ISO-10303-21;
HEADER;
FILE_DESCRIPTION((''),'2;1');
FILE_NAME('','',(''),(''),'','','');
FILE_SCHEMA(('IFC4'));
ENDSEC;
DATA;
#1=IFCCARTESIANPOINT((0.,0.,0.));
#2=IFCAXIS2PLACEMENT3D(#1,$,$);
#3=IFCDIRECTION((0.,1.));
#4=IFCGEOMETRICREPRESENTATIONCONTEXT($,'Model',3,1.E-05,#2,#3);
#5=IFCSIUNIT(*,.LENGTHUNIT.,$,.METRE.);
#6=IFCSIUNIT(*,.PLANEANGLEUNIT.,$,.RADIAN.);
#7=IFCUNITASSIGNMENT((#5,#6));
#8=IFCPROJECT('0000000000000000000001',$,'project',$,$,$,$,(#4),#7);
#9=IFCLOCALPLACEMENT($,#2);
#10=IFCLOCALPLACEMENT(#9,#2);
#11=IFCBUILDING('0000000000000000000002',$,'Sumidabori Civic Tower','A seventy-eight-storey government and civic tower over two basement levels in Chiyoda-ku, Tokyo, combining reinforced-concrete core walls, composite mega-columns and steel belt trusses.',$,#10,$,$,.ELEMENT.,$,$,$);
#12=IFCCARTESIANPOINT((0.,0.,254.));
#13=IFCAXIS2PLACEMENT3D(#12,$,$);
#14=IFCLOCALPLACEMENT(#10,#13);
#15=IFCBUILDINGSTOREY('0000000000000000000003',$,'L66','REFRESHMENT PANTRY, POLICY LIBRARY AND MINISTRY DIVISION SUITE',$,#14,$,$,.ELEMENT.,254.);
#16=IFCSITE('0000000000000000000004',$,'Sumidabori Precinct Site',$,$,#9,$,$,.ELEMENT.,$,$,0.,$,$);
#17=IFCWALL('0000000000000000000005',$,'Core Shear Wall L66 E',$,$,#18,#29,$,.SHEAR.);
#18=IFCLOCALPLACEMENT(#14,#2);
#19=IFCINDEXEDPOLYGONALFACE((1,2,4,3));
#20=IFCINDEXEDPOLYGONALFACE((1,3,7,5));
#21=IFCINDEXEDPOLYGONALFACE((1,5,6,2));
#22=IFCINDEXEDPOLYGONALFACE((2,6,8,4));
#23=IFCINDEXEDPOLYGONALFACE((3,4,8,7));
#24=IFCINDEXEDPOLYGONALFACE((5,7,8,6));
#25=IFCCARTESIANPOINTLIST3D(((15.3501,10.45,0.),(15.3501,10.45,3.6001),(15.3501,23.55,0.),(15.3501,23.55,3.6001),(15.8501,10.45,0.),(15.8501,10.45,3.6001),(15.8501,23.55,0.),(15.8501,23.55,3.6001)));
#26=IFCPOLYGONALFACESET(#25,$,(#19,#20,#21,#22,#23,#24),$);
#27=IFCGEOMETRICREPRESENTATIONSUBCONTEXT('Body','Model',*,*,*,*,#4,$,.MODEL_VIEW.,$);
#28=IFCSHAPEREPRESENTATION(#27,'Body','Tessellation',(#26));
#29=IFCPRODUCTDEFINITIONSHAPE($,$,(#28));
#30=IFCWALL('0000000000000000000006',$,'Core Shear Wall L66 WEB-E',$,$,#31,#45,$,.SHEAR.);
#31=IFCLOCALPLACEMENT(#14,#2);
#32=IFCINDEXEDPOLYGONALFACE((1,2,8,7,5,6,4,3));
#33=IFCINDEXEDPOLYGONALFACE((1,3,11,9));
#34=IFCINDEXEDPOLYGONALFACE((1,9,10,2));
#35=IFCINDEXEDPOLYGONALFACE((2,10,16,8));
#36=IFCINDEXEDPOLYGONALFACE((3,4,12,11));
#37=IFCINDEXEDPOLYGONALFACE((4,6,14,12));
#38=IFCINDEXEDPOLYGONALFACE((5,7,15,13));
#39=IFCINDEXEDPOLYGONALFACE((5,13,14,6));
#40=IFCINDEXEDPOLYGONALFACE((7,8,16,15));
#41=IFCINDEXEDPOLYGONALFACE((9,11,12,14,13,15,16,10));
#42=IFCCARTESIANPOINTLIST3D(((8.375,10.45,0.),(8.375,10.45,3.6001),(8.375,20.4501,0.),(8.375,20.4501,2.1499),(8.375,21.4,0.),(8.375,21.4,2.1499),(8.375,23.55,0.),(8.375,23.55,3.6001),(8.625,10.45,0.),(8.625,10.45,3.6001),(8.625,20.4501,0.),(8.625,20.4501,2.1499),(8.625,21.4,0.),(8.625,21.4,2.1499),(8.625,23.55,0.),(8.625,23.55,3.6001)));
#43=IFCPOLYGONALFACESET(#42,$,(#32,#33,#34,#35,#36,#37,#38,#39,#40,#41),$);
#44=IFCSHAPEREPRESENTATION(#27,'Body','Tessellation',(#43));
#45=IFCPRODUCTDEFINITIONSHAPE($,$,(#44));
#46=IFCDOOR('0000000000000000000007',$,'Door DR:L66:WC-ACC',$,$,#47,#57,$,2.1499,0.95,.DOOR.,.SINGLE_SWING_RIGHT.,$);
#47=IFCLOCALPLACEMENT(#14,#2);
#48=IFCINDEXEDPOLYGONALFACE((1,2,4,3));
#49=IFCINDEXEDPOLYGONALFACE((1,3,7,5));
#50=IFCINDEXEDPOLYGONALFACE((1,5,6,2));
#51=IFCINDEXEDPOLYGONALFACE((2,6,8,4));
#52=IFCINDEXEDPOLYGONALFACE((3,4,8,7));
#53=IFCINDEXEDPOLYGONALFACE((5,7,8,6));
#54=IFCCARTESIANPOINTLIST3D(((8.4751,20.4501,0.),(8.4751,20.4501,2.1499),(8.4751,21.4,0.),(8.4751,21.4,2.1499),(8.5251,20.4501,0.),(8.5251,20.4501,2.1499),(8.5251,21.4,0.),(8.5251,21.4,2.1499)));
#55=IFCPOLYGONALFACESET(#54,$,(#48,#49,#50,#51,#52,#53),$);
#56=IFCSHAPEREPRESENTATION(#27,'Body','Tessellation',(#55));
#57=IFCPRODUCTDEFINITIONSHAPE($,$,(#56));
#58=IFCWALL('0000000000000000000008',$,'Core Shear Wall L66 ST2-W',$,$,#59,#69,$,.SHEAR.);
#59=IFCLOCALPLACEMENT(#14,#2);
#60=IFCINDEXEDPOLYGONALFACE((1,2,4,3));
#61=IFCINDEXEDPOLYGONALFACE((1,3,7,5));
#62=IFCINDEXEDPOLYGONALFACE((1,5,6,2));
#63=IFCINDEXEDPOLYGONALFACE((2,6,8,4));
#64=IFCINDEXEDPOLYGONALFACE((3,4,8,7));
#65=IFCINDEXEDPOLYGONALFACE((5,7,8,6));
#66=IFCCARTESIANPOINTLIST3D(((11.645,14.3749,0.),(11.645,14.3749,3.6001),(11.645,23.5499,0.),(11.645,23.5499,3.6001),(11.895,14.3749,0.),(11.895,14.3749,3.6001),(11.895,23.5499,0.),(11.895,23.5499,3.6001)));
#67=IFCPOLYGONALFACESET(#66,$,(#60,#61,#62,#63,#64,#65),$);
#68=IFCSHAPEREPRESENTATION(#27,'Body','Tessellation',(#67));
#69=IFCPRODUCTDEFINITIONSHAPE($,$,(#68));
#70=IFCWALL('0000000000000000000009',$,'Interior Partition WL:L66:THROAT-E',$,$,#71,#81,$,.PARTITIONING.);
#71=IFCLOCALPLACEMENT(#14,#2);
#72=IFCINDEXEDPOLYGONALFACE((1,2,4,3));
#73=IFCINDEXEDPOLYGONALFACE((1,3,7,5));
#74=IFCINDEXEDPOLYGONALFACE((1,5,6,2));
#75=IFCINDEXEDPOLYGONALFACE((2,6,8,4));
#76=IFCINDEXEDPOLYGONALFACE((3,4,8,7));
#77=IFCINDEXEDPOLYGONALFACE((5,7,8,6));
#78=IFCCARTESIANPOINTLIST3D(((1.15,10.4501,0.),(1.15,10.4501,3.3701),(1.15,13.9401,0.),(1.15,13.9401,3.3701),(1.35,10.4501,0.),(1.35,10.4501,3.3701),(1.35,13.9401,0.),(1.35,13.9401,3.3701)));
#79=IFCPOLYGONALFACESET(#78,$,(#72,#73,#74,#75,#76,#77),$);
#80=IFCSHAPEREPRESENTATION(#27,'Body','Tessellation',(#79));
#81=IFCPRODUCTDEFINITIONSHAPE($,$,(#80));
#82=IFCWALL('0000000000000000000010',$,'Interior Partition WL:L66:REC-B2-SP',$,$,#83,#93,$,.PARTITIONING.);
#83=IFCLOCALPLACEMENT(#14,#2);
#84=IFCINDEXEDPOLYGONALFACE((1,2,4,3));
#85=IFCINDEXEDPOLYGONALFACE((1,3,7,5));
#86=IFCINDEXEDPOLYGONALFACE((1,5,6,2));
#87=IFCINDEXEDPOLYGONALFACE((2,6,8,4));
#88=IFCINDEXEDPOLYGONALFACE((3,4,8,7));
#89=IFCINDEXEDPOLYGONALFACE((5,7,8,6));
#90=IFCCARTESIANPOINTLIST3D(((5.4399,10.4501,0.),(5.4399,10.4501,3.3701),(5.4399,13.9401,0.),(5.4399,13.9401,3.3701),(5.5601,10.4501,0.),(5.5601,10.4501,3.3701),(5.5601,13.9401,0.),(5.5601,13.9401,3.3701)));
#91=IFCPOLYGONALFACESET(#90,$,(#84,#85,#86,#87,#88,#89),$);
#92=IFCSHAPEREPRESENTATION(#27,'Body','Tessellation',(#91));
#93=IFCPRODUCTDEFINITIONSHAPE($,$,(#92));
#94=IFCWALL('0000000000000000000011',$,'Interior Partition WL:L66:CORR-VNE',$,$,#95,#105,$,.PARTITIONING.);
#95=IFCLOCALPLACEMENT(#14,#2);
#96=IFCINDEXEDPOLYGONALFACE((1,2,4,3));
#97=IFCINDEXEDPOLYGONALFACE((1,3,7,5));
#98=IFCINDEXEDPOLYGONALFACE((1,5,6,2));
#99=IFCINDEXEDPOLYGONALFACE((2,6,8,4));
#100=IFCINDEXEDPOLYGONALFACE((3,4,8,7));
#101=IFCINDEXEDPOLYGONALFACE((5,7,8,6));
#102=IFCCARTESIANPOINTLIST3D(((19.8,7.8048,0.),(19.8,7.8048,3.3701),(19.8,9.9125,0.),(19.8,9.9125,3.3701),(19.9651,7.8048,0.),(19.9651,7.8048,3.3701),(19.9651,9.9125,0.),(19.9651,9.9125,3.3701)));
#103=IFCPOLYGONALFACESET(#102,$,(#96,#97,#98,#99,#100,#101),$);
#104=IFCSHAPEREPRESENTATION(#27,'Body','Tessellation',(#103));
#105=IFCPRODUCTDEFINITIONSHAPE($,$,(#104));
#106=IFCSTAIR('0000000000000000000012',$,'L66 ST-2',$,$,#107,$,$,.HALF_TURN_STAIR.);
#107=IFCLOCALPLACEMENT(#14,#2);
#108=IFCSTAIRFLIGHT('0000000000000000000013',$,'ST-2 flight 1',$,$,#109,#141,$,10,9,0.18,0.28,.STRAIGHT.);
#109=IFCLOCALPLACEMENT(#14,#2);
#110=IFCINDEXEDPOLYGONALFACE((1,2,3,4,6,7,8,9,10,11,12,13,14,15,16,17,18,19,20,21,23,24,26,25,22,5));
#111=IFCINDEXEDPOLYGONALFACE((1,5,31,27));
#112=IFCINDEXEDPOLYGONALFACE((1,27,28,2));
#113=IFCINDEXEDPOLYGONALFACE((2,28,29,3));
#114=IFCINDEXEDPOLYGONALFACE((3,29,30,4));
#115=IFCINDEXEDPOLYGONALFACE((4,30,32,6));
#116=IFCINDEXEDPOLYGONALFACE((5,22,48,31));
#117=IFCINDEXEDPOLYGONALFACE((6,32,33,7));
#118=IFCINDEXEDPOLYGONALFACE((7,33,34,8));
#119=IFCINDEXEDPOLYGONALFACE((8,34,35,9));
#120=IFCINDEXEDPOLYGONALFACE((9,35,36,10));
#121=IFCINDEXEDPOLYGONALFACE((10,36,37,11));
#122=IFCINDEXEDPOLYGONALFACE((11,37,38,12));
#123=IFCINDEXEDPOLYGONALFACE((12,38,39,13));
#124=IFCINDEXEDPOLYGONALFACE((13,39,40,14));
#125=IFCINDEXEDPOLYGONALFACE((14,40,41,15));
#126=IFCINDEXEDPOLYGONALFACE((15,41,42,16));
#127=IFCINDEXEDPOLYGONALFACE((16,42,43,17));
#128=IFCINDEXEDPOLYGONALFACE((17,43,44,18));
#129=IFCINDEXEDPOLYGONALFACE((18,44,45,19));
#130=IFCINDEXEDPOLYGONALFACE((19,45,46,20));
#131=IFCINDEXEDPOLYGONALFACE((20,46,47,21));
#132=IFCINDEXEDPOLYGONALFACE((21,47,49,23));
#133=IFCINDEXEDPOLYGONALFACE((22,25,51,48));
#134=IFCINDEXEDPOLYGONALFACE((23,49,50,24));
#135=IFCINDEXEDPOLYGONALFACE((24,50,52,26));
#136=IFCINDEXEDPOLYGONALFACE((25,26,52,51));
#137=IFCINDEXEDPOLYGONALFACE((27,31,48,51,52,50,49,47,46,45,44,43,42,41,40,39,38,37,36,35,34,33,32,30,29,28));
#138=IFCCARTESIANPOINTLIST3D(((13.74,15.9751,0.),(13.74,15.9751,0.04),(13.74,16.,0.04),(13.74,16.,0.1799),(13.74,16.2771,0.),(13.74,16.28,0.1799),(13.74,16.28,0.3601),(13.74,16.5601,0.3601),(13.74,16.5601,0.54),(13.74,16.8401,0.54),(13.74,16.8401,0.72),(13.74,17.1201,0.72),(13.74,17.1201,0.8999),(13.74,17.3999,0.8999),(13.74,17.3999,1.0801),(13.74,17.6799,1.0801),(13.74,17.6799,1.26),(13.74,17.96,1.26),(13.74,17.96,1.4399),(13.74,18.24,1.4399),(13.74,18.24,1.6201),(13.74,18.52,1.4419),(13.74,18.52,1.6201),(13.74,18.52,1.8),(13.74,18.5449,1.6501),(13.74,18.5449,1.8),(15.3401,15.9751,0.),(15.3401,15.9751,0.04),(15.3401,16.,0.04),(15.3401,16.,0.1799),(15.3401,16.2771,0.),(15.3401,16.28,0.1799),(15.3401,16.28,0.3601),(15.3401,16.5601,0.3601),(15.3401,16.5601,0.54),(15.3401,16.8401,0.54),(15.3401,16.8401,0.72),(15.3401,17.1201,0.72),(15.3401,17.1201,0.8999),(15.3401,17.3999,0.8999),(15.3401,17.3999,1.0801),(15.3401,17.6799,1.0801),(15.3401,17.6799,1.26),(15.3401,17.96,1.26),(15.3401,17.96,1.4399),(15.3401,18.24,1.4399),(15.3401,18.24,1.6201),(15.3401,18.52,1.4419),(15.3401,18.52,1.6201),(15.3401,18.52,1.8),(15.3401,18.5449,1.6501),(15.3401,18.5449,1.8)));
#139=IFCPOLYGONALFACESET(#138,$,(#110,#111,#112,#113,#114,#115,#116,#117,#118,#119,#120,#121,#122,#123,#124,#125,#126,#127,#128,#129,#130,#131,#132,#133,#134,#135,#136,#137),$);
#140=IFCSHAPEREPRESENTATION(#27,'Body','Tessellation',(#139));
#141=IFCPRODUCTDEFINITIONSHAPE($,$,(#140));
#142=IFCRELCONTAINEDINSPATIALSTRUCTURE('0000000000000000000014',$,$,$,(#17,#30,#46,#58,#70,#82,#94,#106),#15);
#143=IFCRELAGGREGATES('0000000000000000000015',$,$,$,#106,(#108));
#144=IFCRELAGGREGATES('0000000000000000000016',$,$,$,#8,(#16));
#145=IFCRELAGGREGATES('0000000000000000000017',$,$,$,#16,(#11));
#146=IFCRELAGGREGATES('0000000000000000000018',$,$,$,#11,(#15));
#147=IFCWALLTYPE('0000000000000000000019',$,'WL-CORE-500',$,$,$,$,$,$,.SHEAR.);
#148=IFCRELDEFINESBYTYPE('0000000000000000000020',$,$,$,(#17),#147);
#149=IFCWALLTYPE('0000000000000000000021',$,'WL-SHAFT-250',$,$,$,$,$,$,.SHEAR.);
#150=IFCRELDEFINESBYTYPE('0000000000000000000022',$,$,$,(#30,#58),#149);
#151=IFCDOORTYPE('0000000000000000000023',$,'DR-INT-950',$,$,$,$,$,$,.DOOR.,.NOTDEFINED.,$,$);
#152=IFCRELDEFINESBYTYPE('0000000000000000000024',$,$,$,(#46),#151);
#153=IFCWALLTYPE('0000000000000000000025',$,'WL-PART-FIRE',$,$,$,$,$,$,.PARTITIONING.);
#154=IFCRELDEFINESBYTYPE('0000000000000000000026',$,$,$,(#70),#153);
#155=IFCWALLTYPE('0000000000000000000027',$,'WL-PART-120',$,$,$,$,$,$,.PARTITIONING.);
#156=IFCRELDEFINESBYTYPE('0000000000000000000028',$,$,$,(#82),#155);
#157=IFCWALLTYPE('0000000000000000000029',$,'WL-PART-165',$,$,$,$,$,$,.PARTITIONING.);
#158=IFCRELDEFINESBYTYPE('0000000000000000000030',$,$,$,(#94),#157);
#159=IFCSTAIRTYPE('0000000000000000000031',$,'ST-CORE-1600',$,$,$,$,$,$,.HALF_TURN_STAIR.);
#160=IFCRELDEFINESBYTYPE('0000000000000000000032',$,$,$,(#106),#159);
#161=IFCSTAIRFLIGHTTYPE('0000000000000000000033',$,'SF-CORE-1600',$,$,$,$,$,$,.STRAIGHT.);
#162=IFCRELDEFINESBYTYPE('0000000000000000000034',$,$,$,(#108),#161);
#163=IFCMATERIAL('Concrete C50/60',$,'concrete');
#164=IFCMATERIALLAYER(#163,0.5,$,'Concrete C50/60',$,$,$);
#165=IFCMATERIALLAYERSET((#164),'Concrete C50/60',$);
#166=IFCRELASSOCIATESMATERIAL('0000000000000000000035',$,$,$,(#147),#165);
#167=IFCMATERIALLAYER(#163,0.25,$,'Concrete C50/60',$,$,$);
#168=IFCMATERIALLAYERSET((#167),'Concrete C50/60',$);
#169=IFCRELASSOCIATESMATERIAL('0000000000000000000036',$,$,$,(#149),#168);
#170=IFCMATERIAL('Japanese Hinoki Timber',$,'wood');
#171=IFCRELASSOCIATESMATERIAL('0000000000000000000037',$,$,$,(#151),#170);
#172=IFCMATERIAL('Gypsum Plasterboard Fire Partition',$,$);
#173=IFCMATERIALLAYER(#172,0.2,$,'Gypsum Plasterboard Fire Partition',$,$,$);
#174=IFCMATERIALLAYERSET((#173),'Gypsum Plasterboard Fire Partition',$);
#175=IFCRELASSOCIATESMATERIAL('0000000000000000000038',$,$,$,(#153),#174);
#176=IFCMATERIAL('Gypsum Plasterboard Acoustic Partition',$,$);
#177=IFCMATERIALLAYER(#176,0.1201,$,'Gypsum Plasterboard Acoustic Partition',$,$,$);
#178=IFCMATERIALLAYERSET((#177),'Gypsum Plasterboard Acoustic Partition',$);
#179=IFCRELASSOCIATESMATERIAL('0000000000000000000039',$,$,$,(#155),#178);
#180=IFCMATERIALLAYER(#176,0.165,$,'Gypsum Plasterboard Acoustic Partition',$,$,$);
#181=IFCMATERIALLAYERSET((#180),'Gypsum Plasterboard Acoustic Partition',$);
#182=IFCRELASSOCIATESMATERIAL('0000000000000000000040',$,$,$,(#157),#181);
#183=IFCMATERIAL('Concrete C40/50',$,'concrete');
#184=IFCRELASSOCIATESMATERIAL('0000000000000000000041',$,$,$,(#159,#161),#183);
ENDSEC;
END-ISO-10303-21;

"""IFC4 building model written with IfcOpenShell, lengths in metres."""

from ifc_helpers import new_model, si_unit, direction, frame, frame_2d, origin, place, context, subcontext, project, spatial, polyline, rectangle, outline, extrude, source, transform, mapped, material, layer, layer_set, type_object, element, fill, aggregate, save


model = new_model("IFC4")

# Units and contexts
model_context = context("Model", 3, precision=1e-05, world=origin(), true_north=direction((0.0, 1.0)))
body_context = subcontext(model_context, "Body", "Model", "MODEL_VIEW")
ifc_project = project(units=[si_unit("LENGTHUNIT", "METRE"), si_unit("PLANEANGLEUNIT", "RADIAN")], contexts=[model_context])

# Site, building, storey
site_placement = place(None, origin())
site = spatial("IfcSite", under=ifc_project, at=site_placement, Name="Sumidabori Precinct Site", CompositionType="ELEMENT", RefElevation=0.0)
building_placement = place(site_placement, origin())
building = spatial("IfcBuilding", under=site, at=building_placement, Name="Sumidabori Civic Tower", Description="A seventy-eight-storey government and civic tower over two basement levels in Chiyoda-ku, Tokyo, combining reinforced-concrete core walls, composite mega-columns and steel belt trusses.", CompositionType="ELEMENT")
storey_placement = place(building_placement, frame((0.0, 0.0, 254.0)))
storey = spatial("IfcBuildingStorey", under=building, at=storey_placement, Name="L66", Description="REFRESHMENT PANTRY, POLICY LIBRARY AND MINISTRY DIVISION SUITE", CompositionType="ELEMENT", Elevation=254.0)

# Wall
ifc_material_1 = material(Name="Concrete C50/60", Category="concrete")
ifc_layer_1 = layer(ifc_material_1, 0.5, Name="Concrete C50/60")
ifc_layer_set_1 = layer_set([ifc_layer_1], Name="Concrete C50/60")
wall_type_1 = type_object("IfcWallType", Name="WL-CORE-500", PredefinedType="SHEAR", material=ifc_layer_set_1)
shared_shape_1 = source(origin(), body_context, "Body", "SweptSolid", [
    extrude(rectangle(XDim=13.1001, YDim=0.5, at=frame_2d((6.55, 0.0))), origin(), (0.0, 0.0, 1.0), 3.6001),
])
wall_1_placement = place(storey_placement, frame((15.6001, 10.45, 0.0), z_axis=(0.0, 0.0, 1.0), x_axis=(0.0, 1.0, 0.0)))
element("IfcWall", 1, at=wall_1_placement, inside=storey, type_object=wall_type_1, Name="Core Shear Wall L66 E", PredefinedType="SHEAR", context=body_context, shape_type="MappedRepresentation", body=[
    mapped(shared_shape_1, transform((0.0, 0.0, 0.0), x_axis=(1.0, 0.0, 0.0), y_axis=(0.0, 1.0, 0.0), z_axis=(0.0, 0.0, 1.0), scale=1.0)),
])

# Wall, opening, door
ifc_layer_2 = layer(ifc_material_1, 0.25, Name="Concrete C50/60")
ifc_layer_set_2 = layer_set([ifc_layer_2], Name="Concrete C50/60")
wall_type_2 = type_object("IfcWallType", Name="WL-SHAFT-250", PredefinedType="SHEAR", material=ifc_layer_set_2)
shared_shape_2 = source(origin(), body_context, "Body", "SweptSolid", [
    extrude(rectangle(XDim=13.1001, YDim=0.25, at=frame_2d((6.55, 0.0))), origin(), (0.0, 0.0, 1.0), 3.6001),
])
wall_2_placement = place(storey_placement, frame((8.5, 10.45, 0.0), z_axis=(0.0, 0.0, 1.0), x_axis=(0.0, 1.0, 0.0)))
wall_2 = element("IfcWall", 2, at=wall_2_placement, inside=storey, type_object=wall_type_2, Name="Core Shear Wall L66 WEB-E", PredefinedType="SHEAR", context=body_context, shape_type="MappedRepresentation", body=[
    mapped(shared_shape_2, transform((0.0, 0.0, 0.0), x_axis=(1.0, 0.0, 0.0), y_axis=(0.0, 1.0, 0.0), z_axis=(0.0, 0.0, 1.0), scale=1.0)),
])
opening_1_placement = place(wall_2_placement, frame((10.0, 0.0, 0.0)))
opening_1 = element("IfcOpeningElement", 3, at=opening_1_placement, cuts=wall_2, PredefinedType="OPENING", context=body_context, shape_type="SweptSolid", body=[
    extrude(rectangle(XDim=0.95, YDim=2.1499, at=frame_2d((0.4751, 1.075))), frame((0.0, 0.137, 0.0), z_axis=(0.0, -1.0, 0.0), x_axis=(1.0, 0.0, 0.0)), (0.0, 0.0, 1.0), 0.2739),
])
ifc_material_2 = material(Name="Japanese Hinoki Timber", Category="wood")
door_type_1 = type_object("IfcDoorType", Name="DR-INT-950", OperationType="NOTDEFINED", PredefinedType="DOOR", material=ifc_material_2)
shared_shape_3 = source(origin(), body_context, "Body", "SweptSolid", [
    extrude(rectangle(XDim=0.95, YDim=2.1499, at=frame_2d((0.4751, 1.075))), frame((0.0, 0.0249, 0.0), z_axis=(0.0, -1.0, 0.0), x_axis=(1.0, 0.0, 0.0)), (0.0, 0.0, 1.0), 0.05),
])
door_1_placement = place(opening_1_placement, origin())
door_1 = element("IfcDoor", 4, at=door_1_placement, inside=storey, type_object=door_type_1, Name="Door DR:L66:WC-ACC", OperationType="SINGLE_SWING_RIGHT", OverallHeight=2.1499, OverallWidth=0.95, PredefinedType="DOOR", context=body_context, shape_type="MappedRepresentation", body=[
    mapped(shared_shape_3, transform((0.0, 0.0, 0.0), x_axis=(1.0, 0.0, 0.0), y_axis=(0.0, 1.0, 0.0), z_axis=(0.0, 0.0, 1.0), scale=1.0)),
])
fill(opening_1, door_1)

# Wall
shared_shape_4 = source(origin(), body_context, "Body", "SweptSolid", [
    extrude(rectangle(XDim=9.175, YDim=0.25, at=frame_2d((4.5874, 0.0))), origin(), (0.0, 0.0, 1.0), 3.6001),
])
wall_3_placement = place(storey_placement, frame((11.77, 14.375, 0.0), z_axis=(0.0, 0.0, 1.0), x_axis=(0.0, 1.0, 0.0)))
element("IfcWall", 5, at=wall_3_placement, inside=storey, type_object=wall_type_2, Name="Core Shear Wall L66 ST2-W", PredefinedType="SHEAR", context=body_context, shape_type="MappedRepresentation", body=[
    mapped(shared_shape_4, transform((0.0, 0.0, 0.0), x_axis=(1.0, 0.0, 0.0), y_axis=(0.0, 1.0, 0.0), z_axis=(0.0, 0.0, 1.0), scale=1.0)),
])

# Shared definitions
ifc_material_3 = material(Name="Gypsum Plasterboard Fire Partition")
ifc_layer_3 = layer(ifc_material_3, 0.2, Name="Gypsum Plasterboard Fire Partition")
ifc_layer_set_3 = layer_set([ifc_layer_3], Name="Gypsum Plasterboard Fire Partition")
wall_type_3 = type_object("IfcWallType", Name="WL-PART-FIRE", PredefinedType="PARTITIONING", material=ifc_layer_set_3)

# Walls
shared_shape_5 = source(origin(), body_context, "Body", "SweptSolid", [
    extrude(rectangle(XDim=3.49, YDim=0.2, at=frame_2d((1.7451, 0.0))), origin(), (0.0, 0.0, 1.0), 3.3701),
])
wall_4_placement = place(storey_placement, frame((1.25, 10.45, 0.0), z_axis=(0.0, 0.0, 1.0), x_axis=(0.0, 1.0, 0.0)))
element("IfcWall", 6, at=wall_4_placement, inside=storey, type_object=wall_type_3, Name="Interior Partition WL:L66:THROAT-E", PredefinedType="PARTITIONING", context=body_context, shape_type="MappedRepresentation", body=[
    mapped(shared_shape_5, transform((0.0, 0.0, 0.0), x_axis=(1.0, 0.0, 0.0), y_axis=(0.0, 1.0, 0.0), z_axis=(0.0, 0.0, 1.0), scale=1.0)),
])
ifc_material_4 = material(Name="Gypsum Plasterboard Acoustic Partition")
ifc_layer_4 = layer(ifc_material_4, 0.1201, Name="Gypsum Plasterboard Acoustic Partition")
ifc_layer_set_4 = layer_set([ifc_layer_4], Name="Gypsum Plasterboard Acoustic Partition")
wall_type_4 = type_object("IfcWallType", Name="WL-PART-120", PredefinedType="PARTITIONING", material=ifc_layer_set_4)
shared_shape_6 = source(origin(), body_context, "Body", "SweptSolid", [
    extrude(rectangle(XDim=3.49, YDim=0.1201, at=frame_2d((1.7451, 0.0))), origin(), (0.0, 0.0, 1.0), 3.3701),
])
wall_5_placement = place(storey_placement, frame((5.5, 10.45, 0.0), z_axis=(0.0, 0.0, 1.0), x_axis=(0.0, 1.0, 0.0)))
element("IfcWall", 7, at=wall_5_placement, inside=storey, type_object=wall_type_4, Name="Interior Partition WL:L66:REC-B2-SP", PredefinedType="PARTITIONING", context=body_context, shape_type="MappedRepresentation", body=[
    mapped(shared_shape_6, transform((0.0, 0.0, 0.0), x_axis=(1.0, 0.0, 0.0), y_axis=(0.0, 1.0, 0.0), z_axis=(0.0, 0.0, 1.0), scale=1.0)),
])

# Shared definitions
ifc_layer_5 = layer(ifc_material_4, 0.165, Name="Gypsum Plasterboard Acoustic Partition")
ifc_layer_set_5 = layer_set([ifc_layer_5], Name="Gypsum Plasterboard Acoustic Partition")
wall_type_5 = type_object("IfcWallType", Name="WL-PART-165", PredefinedType="PARTITIONING", material=ifc_layer_set_5)

# Wall
shared_shape_7 = source(origin(), body_context, "Body", "SweptSolid", [
    extrude(rectangle(XDim=2.1077, YDim=0.165, at=frame_2d((1.0537, 0.0))), origin(), (0.0, 0.0, 1.0), 3.3701),
])
wall_6_placement = place(storey_placement, frame((19.8826, 7.8049, 0.0), z_axis=(0.0, 0.0, 1.0), x_axis=(0.0, 1.0, 0.0)))
element("IfcWall", 8, at=wall_6_placement, inside=storey, type_object=wall_type_5, Name="Interior Partition WL:L66:CORR-VNE", PredefinedType="PARTITIONING", context=body_context, shape_type="MappedRepresentation", body=[
    mapped(shared_shape_7, transform((0.0, 0.0, 0.0), x_axis=(1.0, 0.0, 0.0), y_axis=(0.0, 1.0, 0.0), z_axis=(0.0, 0.0, 1.0), scale=1.0)),
])

# Stair, stair flight
ifc_material_5 = material(Name="Concrete C40/50", Category="concrete")
stair_type = type_object("IfcStairType", Name="ST-CORE-1600", PredefinedType="HALF_TURN_STAIR", material=ifc_material_5)
stair_placement = place(storey_placement, origin())
stair = element("IfcStair", 9, at=stair_placement, inside=storey, type_object=stair_type, Name="L66 ST-2", PredefinedType="HALF_TURN_STAIR")
stair_flight_type = type_object("IfcStairFlightType", Name="SF-CORE-1600", PredefinedType="STRAIGHT", material=ifc_material_5)
shared_shape_8 = source(origin(), body_context, "Body", "SweptSolid", [
    extrude(outline(polyline([(-0.0249, 0.0), (-0.0249, 0.04), (0.0, 0.04), (0.0, 0.1799), (0.28, 0.1799), (0.28, 0.3601), (0.5601, 0.3601), (0.5601, 0.54), (0.8401, 0.54), (0.8401, 0.72), (1.1201, 0.72), (1.1201, 0.8999), (1.3999, 0.8999), (1.3999, 1.0801), (1.6799, 1.0801), (1.6799, 1.26), (1.96, 1.26), (1.96, 1.4399), (2.24, 1.4399), (2.24, 1.6201), (2.52, 1.6201), (2.52, 1.8), (2.5449, 1.8), (2.5449, 1.6501), (2.52, 1.4419), (0.2771, 0.0), (-0.0249, 0.0)])), frame((0.0, 0.8, 0.0), z_axis=(0.0, -1.0, 0.0), x_axis=(1.0, 0.0, 0.0)), (0.0, 0.0, 1.0), 1.6001),
])
stair_flight_placement = place(storey_placement, frame((14.54, 16.0, 0.0), z_axis=(0.0, 0.0, 1.0), x_axis=(0.0, 1.0, 0.0)))
stair_flight = element("IfcStairFlight", 10, at=stair_flight_placement, type_object=stair_flight_type, Name="ST-2 flight 1", NumberOfRisers=10, NumberOfTreads=9, PredefinedType="STRAIGHT", RiserHeight=0.18, TreadLength=0.28, context=body_context, shape_type="MappedRepresentation", body=[
    mapped(shared_shape_8, transform((0.0, 0.0, 0.0), x_axis=(1.0, 0.0, 0.0), y_axis=(0.0, 1.0, 0.0), z_axis=(0.0, 0.0, 1.0), scale=1.0)),
])
aggregate(stair, [stair_flight])

save(model, "model.ifc")
